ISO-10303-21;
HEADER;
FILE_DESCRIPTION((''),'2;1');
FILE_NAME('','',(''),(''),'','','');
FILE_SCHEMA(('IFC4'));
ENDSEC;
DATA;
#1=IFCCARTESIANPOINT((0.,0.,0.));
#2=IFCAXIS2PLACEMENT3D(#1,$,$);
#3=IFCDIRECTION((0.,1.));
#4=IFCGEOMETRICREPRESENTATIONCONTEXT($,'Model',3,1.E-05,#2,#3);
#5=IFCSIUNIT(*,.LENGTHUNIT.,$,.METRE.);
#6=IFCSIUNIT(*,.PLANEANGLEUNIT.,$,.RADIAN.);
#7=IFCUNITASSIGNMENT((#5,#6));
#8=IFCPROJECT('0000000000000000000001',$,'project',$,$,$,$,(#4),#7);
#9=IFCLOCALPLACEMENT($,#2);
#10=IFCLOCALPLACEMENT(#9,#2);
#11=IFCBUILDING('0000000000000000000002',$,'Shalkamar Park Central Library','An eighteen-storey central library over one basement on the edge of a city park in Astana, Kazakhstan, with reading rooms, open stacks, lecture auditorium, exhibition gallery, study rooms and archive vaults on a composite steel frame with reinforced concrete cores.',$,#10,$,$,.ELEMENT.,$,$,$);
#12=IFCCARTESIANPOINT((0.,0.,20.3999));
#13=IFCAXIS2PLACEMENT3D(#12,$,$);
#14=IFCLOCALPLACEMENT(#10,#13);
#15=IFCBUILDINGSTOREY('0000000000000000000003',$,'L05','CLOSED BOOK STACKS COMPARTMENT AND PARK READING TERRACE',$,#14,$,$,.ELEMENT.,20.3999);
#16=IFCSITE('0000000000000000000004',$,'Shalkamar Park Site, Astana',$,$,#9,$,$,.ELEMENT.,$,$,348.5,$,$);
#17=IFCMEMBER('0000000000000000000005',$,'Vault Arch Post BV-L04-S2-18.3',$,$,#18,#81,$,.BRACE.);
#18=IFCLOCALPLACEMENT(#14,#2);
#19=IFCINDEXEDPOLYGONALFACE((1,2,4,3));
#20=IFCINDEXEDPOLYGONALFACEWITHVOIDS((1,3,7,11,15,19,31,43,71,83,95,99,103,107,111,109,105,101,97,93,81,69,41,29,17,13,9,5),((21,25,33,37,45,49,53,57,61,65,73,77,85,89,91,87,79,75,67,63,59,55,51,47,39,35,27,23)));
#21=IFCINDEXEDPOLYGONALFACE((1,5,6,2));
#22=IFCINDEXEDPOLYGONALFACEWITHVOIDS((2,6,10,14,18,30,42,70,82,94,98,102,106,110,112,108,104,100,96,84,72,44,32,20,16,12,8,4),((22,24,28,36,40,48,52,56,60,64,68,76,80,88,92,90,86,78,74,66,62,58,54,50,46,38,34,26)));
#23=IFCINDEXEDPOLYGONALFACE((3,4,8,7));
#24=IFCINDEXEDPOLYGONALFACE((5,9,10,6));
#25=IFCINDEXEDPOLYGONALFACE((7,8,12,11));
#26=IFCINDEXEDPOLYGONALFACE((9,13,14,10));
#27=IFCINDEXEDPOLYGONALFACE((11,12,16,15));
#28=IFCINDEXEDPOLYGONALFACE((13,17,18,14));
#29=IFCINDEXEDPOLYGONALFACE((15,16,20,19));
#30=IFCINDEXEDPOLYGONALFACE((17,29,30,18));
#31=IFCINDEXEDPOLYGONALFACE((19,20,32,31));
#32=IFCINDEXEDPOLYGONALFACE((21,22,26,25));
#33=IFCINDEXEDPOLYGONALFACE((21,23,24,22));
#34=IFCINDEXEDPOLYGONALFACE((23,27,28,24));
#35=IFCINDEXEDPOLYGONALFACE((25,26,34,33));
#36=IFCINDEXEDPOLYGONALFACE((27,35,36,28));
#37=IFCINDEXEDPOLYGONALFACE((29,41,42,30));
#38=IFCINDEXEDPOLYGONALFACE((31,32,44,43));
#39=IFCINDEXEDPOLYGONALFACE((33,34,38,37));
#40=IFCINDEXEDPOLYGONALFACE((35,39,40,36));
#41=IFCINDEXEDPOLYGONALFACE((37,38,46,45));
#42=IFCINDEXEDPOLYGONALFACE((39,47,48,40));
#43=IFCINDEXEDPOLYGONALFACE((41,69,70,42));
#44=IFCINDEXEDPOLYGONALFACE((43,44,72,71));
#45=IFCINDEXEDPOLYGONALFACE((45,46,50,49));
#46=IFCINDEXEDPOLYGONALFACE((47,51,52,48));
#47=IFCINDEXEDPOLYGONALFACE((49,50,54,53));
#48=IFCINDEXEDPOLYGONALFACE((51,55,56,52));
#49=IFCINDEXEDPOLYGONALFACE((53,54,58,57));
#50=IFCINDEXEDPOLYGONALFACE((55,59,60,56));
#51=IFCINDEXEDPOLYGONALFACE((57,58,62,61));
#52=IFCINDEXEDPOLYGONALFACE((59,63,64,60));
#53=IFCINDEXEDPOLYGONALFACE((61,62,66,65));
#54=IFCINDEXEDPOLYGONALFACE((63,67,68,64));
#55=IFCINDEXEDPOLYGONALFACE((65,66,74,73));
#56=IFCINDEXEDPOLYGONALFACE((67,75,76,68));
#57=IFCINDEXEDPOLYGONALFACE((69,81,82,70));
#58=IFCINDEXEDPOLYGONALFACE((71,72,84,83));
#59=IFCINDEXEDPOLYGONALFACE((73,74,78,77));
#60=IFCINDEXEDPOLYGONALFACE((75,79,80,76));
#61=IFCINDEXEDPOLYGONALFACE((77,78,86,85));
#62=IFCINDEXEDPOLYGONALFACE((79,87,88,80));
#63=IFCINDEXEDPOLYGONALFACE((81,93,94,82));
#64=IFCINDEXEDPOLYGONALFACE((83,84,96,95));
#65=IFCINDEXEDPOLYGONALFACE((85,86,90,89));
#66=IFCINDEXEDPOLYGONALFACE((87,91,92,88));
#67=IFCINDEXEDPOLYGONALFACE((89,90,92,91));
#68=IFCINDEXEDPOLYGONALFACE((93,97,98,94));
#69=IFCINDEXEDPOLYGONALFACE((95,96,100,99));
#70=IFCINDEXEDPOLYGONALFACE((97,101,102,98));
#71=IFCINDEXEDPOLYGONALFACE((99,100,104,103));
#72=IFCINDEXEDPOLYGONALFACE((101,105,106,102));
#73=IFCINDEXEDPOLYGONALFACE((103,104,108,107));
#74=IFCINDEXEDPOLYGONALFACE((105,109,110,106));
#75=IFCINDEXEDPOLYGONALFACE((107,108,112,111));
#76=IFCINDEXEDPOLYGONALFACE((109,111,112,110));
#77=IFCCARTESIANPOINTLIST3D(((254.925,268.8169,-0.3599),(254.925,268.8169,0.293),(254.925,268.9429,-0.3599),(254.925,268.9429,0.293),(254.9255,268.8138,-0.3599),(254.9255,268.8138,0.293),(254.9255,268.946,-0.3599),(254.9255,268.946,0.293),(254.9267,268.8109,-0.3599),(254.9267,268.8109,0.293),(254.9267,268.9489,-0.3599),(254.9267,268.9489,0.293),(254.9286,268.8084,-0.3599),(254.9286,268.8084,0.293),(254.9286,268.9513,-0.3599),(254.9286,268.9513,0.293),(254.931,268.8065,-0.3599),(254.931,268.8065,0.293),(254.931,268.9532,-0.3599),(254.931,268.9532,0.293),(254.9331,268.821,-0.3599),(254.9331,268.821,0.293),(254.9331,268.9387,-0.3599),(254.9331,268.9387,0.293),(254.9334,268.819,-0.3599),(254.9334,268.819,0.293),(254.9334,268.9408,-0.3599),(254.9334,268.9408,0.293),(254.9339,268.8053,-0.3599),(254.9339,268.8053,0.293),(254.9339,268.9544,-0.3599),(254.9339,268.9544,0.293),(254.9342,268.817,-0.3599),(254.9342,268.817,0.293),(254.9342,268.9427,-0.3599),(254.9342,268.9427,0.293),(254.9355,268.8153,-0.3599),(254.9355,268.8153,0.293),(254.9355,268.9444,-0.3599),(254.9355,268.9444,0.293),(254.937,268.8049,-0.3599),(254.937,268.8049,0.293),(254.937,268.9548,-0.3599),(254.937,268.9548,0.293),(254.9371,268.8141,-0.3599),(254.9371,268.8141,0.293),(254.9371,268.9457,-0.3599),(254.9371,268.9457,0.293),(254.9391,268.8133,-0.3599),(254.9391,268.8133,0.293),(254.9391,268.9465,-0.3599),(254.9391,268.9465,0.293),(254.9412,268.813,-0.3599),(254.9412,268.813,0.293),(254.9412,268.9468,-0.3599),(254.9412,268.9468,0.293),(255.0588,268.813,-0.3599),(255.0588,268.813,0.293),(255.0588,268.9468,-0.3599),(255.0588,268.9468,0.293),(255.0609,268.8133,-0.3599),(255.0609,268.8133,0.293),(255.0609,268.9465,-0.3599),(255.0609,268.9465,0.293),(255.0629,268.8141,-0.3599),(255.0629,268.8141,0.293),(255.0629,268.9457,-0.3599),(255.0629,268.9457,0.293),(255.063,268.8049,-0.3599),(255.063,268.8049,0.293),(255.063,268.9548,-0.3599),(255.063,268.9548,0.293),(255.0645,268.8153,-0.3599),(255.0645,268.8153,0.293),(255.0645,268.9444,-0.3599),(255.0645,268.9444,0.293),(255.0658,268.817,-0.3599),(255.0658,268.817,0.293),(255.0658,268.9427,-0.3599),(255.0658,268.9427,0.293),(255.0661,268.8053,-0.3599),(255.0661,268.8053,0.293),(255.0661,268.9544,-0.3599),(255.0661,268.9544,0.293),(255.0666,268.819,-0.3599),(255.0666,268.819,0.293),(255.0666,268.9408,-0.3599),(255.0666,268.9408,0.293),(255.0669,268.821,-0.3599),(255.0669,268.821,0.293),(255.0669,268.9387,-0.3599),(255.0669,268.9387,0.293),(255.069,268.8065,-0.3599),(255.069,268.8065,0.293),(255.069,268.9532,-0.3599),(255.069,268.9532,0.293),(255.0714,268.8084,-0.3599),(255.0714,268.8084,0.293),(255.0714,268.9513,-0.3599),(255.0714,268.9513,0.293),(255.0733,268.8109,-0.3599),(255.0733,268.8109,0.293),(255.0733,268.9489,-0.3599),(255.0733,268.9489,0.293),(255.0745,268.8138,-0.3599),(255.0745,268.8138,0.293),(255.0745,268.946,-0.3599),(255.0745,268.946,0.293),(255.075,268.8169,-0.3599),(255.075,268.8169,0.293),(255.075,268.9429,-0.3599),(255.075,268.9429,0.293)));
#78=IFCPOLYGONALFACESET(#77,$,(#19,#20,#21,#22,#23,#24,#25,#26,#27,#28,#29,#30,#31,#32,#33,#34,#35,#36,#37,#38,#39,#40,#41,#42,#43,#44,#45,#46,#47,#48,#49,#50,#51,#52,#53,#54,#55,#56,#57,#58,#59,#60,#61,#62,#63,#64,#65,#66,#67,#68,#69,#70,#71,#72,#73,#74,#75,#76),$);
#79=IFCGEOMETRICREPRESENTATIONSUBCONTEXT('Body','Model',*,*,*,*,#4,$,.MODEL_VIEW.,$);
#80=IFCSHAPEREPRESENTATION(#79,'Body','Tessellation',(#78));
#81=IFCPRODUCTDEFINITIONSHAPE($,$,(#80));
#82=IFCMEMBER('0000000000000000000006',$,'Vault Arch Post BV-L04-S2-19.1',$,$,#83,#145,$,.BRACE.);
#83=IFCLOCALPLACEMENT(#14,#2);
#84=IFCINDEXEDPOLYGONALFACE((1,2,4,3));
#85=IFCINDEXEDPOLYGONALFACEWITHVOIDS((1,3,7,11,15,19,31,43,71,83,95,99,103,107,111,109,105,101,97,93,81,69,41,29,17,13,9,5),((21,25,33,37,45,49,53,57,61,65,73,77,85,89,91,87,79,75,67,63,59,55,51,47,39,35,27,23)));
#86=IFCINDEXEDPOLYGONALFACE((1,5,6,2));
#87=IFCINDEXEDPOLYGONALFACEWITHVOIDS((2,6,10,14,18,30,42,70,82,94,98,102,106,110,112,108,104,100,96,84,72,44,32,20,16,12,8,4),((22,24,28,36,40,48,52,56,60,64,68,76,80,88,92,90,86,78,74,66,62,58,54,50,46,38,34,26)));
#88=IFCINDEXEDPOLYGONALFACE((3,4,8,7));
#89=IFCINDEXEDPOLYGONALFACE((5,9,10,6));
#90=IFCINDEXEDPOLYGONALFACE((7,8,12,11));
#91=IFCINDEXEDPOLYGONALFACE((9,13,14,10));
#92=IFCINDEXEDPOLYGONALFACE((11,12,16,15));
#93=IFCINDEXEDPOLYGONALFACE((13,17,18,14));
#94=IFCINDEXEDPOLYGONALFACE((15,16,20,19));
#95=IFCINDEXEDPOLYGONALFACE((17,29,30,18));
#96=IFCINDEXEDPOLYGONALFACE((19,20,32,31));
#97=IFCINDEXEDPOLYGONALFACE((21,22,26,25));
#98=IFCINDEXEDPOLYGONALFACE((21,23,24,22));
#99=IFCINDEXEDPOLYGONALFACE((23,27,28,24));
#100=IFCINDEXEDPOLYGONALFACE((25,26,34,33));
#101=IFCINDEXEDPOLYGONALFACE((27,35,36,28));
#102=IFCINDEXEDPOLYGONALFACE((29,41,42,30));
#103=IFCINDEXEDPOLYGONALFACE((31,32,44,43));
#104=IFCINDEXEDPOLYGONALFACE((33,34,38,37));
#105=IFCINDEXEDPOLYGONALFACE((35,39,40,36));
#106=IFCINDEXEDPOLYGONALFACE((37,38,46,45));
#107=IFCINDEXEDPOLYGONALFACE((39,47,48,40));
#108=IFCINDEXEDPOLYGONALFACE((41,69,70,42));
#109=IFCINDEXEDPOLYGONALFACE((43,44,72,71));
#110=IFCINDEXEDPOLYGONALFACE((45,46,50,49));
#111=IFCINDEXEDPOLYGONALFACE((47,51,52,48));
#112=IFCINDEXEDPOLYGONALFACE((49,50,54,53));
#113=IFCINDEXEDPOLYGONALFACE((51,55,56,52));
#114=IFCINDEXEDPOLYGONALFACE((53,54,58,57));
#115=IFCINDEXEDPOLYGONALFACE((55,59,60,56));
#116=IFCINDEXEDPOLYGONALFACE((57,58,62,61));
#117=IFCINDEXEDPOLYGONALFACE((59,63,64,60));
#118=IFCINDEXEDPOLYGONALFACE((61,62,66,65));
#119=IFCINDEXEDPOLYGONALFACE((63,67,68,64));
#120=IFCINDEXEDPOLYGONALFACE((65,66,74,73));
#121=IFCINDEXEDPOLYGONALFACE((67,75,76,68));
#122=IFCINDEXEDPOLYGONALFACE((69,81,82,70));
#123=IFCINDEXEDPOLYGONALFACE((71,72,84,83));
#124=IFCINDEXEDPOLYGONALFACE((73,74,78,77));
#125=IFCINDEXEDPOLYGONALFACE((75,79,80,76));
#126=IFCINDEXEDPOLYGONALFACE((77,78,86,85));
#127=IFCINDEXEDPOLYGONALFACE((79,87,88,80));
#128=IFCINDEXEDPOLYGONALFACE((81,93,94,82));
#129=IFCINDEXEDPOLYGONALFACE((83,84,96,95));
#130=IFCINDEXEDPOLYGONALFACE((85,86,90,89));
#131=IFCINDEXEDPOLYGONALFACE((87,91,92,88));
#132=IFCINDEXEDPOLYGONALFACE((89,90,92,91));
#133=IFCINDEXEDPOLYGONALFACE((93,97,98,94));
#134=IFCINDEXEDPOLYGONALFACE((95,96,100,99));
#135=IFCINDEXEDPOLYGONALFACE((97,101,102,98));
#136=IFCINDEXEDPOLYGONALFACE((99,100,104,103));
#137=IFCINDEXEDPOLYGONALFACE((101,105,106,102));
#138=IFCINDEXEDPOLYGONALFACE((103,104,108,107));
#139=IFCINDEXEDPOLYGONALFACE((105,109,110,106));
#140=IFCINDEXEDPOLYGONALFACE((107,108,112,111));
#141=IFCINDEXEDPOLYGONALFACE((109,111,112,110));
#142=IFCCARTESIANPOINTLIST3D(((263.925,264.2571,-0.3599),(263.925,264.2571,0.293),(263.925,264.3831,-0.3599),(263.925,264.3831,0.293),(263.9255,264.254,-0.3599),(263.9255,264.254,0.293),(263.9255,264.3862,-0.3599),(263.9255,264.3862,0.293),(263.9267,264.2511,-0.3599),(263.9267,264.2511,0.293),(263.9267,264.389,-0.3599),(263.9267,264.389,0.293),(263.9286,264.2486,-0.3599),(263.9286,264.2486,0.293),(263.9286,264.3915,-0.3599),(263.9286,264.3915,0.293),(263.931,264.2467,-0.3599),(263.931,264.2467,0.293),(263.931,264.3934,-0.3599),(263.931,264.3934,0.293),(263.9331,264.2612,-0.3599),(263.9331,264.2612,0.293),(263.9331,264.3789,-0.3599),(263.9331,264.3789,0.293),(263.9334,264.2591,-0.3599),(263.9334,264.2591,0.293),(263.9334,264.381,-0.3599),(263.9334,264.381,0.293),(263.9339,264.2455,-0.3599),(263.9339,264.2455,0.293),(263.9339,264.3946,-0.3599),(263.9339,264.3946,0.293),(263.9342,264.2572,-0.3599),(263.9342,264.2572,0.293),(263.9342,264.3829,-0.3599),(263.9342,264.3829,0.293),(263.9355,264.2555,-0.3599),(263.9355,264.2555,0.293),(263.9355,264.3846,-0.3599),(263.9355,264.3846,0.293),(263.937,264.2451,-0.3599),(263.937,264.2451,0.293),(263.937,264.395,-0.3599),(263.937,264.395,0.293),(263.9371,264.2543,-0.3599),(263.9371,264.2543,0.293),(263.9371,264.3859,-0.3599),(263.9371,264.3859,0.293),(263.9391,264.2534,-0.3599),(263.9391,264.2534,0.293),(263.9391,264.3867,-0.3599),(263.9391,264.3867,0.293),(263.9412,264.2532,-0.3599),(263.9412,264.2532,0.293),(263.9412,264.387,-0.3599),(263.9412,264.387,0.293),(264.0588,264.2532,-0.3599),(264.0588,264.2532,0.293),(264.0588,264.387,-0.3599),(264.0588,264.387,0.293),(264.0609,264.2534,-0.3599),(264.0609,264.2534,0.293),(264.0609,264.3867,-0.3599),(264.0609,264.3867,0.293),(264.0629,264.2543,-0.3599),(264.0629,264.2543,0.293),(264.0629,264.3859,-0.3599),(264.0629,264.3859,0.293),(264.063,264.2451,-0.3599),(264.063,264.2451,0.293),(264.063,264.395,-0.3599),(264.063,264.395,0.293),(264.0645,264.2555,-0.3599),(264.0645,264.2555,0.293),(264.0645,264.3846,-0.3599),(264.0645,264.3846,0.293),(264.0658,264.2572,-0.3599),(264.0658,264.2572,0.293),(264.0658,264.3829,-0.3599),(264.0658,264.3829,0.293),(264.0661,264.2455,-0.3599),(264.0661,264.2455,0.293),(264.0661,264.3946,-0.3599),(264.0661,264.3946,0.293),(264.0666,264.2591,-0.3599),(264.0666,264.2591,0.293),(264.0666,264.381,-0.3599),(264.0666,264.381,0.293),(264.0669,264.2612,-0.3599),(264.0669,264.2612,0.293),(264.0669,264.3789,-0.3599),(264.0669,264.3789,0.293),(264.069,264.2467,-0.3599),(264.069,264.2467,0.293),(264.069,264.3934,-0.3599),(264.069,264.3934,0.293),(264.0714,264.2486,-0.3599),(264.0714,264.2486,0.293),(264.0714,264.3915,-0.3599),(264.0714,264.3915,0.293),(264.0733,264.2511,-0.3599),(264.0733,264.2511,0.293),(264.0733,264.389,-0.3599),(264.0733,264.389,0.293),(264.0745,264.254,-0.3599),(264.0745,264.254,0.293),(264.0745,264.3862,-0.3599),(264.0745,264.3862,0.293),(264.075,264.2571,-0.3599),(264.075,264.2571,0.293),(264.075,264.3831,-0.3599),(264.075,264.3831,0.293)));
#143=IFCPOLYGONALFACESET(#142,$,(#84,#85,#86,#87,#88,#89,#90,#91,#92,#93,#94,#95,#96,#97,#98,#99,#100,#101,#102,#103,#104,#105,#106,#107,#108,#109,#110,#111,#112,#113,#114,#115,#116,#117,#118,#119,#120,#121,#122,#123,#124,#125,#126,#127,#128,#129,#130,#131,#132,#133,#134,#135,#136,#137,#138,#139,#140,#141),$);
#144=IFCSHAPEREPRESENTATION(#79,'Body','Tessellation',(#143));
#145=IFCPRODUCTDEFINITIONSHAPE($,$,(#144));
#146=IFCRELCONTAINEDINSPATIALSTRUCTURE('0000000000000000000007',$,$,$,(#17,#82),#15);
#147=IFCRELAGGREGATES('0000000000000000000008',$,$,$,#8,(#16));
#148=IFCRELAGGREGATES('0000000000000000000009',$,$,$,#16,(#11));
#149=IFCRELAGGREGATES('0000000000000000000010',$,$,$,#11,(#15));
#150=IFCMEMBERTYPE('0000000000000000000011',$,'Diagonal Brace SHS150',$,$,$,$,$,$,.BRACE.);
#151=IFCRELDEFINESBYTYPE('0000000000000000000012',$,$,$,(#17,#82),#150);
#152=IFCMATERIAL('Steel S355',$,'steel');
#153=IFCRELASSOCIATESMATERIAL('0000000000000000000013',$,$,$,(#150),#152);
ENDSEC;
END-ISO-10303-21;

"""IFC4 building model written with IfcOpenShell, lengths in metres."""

from ifc_helpers import new_model, si_unit, direction, frame, origin, origin_2d, place, context, subcontext, project, spatial, hollow_rectangle, extrude, material, material_profile, profile_set, type_object, element, save


model = new_model("IFC4")

# Units and contexts
model_context = context("Model", 3, precision=1e-05, world=origin(), true_north=direction((0.0, 1.0)))
body_context = subcontext(model_context, "Body", "Model", "MODEL_VIEW")
ifc_project = project(units=[si_unit("LENGTHUNIT", "METRE"), si_unit("PLANEANGLEUNIT", "RADIAN")], contexts=[model_context])

# Site, building, storey
site_placement = place(None, origin())
site = spatial("IfcSite", under=ifc_project, at=site_placement, Name="Shalkamar Park Site, Astana", CompositionType="ELEMENT", RefElevation=348.5)
building_placement = place(site_placement, origin())
building = spatial("IfcBuilding", under=site, at=building_placement, Name="Shalkamar Park Central Library", Description="An eighteen-storey central library over one basement on the edge of a city park in Astana, Kazakhstan, with reading rooms, open stacks, lecture auditorium, exhibition gallery, study rooms and archive vaults on a composite steel frame with reinforced concrete cores.", CompositionType="ELEMENT")
storey_placement = place(building_placement, frame((0.0, 0.0, 20.3999)))
storey = spatial("IfcBuildingStorey", under=building, at=storey_placement, Name="L05", Description="CLOSED BOOK STACKS COMPARTMENT AND PARK READING TERRACE", CompositionType="ELEMENT", Elevation=20.3999)

# Members
ifc_material = material(Name="Steel S355", Category="steel")
ifc_material_profile_1 = material_profile(ifc_material, hollow_rectangle(XDim=0.1499, YDim=0.1499, WallThickness=0.0081, InnerFilletRadius=0.0081, OuterFilletRadius=0.012, at=origin_2d()), Name="SHS 150x150x8")
ifc_profile_set_1 = profile_set([ifc_material_profile_1], Name="Steel S355")
member_type_1 = type_object("IfcMemberType", Name="Diagonal Brace SHS150", PredefinedType="BRACE", material=ifc_profile_set_1)
for number, where, z_axis, x_axis, name in (
    (1, (255.0, 268.8799, -0.3599), (0.0, 0.0, 1.0), (1.0, 0.0, 0.0), "Vault Arch Post BV-L04-S2-18.3"),
    (2, (264.0, 264.3201, -0.3599), (0.0, 0.0, 1.0), (1.0, 0.0, 0.0), "Vault Arch Post BV-L04-S2-19.1"),
):
    element("IfcMember", number, at=place(storey_placement, frame(where, z_axis=z_axis, x_axis=x_axis)), inside=storey, type_object=member_type_1, Name=name, PredefinedType="BRACE", context=body_context, shape_type="SweptSolid", body=[
        extrude(hollow_rectangle(XDim=0.1499, YDim=0.1499, WallThickness=0.0081, InnerFilletRadius=0.0081, OuterFilletRadius=0.012, at=origin_2d()), origin(), (0.0, 0.0, 1.0), 0.6528),
    ])

save(model, "model.ifc")
